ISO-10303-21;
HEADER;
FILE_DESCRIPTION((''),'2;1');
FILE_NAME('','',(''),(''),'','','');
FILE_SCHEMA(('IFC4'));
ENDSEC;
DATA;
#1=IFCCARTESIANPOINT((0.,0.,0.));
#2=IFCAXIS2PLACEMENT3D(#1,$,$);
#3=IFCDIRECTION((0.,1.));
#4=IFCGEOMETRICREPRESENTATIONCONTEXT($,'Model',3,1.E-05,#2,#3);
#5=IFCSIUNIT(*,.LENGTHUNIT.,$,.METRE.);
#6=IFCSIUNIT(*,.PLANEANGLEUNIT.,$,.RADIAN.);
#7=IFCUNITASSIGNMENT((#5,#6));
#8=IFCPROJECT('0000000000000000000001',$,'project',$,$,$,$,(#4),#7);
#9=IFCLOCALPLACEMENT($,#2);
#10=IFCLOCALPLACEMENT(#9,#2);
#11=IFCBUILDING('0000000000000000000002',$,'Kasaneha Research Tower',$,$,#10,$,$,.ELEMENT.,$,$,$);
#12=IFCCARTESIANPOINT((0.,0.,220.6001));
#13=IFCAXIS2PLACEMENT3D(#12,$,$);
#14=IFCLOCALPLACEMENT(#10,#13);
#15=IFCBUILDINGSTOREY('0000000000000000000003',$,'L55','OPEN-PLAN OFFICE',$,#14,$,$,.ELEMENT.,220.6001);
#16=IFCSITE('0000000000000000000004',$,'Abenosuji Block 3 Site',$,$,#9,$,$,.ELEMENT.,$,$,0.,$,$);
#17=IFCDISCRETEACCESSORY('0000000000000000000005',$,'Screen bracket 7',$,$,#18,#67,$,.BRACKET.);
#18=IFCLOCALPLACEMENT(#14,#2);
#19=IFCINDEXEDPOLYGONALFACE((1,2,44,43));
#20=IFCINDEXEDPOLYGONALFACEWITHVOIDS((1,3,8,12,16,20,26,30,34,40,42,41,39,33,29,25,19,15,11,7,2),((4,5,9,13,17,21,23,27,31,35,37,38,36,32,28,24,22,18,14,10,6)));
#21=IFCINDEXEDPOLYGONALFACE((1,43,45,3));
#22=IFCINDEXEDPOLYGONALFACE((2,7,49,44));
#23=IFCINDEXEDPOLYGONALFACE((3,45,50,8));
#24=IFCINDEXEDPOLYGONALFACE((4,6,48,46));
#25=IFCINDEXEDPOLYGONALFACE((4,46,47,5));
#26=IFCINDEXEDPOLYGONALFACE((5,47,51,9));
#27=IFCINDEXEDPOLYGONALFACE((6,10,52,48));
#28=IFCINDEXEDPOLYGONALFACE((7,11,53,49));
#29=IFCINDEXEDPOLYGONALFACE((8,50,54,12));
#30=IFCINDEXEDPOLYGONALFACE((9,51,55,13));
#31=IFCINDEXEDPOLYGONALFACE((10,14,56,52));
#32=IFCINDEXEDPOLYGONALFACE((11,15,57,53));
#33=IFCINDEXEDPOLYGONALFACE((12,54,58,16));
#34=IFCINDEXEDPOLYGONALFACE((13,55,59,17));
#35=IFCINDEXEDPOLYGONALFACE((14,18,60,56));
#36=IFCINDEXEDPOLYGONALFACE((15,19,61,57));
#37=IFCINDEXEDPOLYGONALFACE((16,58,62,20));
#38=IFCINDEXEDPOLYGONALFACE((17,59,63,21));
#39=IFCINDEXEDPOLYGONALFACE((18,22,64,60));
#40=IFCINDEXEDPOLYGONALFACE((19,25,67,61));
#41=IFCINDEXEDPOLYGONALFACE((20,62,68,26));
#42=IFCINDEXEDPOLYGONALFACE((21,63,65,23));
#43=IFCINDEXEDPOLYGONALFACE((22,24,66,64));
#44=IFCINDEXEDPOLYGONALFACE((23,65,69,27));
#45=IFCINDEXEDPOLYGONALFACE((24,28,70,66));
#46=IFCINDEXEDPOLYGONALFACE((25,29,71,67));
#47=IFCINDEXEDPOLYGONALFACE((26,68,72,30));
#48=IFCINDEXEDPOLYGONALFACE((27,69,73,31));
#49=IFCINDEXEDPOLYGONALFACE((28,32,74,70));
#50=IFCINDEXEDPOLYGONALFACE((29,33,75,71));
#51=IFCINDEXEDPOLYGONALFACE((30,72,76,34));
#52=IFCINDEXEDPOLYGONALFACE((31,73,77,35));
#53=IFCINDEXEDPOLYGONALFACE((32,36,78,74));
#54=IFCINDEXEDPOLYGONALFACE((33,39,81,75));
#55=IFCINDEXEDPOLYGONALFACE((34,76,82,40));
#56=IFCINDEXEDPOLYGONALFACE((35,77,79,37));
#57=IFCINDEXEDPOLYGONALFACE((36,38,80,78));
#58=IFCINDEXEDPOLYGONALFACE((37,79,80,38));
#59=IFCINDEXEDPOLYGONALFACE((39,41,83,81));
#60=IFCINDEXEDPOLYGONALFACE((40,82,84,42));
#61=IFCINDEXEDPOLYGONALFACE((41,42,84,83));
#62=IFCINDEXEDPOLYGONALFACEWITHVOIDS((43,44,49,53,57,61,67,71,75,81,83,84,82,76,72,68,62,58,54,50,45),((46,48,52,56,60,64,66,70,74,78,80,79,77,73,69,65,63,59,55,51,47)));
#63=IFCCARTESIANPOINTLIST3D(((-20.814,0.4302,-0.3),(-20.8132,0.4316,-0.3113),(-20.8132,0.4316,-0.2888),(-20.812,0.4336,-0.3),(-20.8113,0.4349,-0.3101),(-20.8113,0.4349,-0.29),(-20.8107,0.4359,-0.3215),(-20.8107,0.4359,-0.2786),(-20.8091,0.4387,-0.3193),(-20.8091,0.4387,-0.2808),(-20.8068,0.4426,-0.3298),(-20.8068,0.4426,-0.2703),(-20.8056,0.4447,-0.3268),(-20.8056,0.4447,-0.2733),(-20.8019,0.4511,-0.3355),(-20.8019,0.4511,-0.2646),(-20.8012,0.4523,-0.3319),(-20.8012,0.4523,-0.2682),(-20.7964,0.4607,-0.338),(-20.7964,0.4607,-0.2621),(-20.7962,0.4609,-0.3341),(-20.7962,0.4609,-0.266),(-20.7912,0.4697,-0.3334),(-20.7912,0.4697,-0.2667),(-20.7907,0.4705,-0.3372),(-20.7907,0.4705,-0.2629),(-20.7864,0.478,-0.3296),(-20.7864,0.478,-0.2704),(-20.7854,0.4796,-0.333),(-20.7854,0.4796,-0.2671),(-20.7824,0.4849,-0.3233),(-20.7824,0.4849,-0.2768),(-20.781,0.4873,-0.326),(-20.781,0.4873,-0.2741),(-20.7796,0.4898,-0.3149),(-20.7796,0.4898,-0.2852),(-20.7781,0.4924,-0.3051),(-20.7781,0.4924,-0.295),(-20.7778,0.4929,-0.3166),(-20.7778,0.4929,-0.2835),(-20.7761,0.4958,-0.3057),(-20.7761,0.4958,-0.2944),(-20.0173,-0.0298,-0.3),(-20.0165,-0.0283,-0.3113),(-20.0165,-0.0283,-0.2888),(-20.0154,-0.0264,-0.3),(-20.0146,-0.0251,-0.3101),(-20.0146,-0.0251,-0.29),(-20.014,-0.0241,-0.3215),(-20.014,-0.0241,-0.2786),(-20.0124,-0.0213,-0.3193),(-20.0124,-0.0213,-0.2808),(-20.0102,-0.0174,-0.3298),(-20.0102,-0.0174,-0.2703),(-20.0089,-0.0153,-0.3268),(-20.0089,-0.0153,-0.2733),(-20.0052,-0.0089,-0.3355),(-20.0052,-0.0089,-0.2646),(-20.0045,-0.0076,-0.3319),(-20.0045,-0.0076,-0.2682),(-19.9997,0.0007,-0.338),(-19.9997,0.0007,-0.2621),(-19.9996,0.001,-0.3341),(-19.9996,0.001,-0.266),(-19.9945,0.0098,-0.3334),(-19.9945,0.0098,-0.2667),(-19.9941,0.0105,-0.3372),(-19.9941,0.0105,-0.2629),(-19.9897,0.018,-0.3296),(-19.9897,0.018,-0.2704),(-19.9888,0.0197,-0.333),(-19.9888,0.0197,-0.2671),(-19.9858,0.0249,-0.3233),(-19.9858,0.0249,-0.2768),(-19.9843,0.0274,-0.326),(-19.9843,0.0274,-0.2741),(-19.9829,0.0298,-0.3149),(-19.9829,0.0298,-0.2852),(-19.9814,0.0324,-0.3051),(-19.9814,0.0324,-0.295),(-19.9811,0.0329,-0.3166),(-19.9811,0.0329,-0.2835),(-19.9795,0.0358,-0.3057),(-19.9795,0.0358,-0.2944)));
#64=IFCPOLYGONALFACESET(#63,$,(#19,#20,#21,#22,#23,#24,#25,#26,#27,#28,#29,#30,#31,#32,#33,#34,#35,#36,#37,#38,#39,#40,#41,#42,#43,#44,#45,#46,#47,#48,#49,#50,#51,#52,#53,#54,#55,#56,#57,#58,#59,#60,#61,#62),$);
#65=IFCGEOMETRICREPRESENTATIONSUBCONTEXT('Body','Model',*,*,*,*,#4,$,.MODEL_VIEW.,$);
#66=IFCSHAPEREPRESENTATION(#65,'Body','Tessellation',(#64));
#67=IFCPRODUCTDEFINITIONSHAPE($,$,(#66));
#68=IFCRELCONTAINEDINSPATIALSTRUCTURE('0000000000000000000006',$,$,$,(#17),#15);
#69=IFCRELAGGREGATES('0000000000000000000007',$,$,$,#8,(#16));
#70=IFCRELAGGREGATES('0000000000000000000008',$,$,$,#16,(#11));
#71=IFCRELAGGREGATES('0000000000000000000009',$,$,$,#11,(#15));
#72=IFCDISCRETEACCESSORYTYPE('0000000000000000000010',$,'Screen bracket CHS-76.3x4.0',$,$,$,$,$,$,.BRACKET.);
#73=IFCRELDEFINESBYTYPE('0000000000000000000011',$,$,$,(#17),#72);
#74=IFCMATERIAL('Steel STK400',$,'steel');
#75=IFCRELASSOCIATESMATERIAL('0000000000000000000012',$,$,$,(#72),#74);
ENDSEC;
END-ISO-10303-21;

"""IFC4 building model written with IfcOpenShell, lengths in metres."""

from ifc_helpers import new_model, si_unit, direction, frame, origin, origin_2d, place, context, subcontext, project, spatial, hollow_circle, extrude, material, material_profile, profile_set, type_object, element, save


model = new_model("IFC4")

# Units and contexts
model_context = context("Model", 3, precision=1e-05, world=origin(), true_north=direction((0.0, 1.0)))
body_context = subcontext(model_context, "Body", "Model", "MODEL_VIEW")
ifc_project = project(units=[si_unit("LENGTHUNIT", "METRE"), si_unit("PLANEANGLEUNIT", "RADIAN")], contexts=[model_context])

# Site, building, storey
site_placement = place(None, origin())
site = spatial("IfcSite", under=ifc_project, at=site_placement, Name="Abenosuji Block 3 Site", CompositionType="ELEMENT", RefElevation=0.0)
building_placement = place(site_placement, origin())
building = spatial("IfcBuilding", under=site, at=building_placement, Name="Kasaneha Research Tower", CompositionType="ELEMENT")
storey_placement = place(building_placement, frame((0.0, 0.0, 220.6001)))
storey = spatial("IfcBuildingStorey", under=building, at=storey_placement, Name="L55", Description="OPEN-PLAN OFFICE", CompositionType="ELEMENT", Elevation=220.6001)

# Discrete accessory
ifc_material_1 = material(Name="Steel STK400", Category="steel")
ifc_material_profile_1 = material_profile(ifc_material_1, hollow_circle(Radius=0.0381, WallThickness=0.0039, at=origin_2d()), Name="CHS-76.3x4.0")
ifc_profile_set_1 = profile_set([ifc_material_profile_1], Name="Steel STK400")
discrete_accessory_type = type_object("IfcDiscreteAccessoryType", Name="Screen bracket CHS-76.3x4.0", PredefinedType="BRACKET", material=ifc_profile_set_1)
discrete_accessory_1_placement = place(storey_placement, frame((-19.9983, 0.0032, -0.3), z_axis=(-0.866013, 0.500021, 0.0), x_axis=(-0.500021, -0.866013, 0.0)))
element("IfcDiscreteAccessory", 1, at=discrete_accessory_1_placement, inside=storey, type_object=discrete_accessory_type, Name="Screen bracket 7", PredefinedType="BRACKET", context=body_context, shape_type="SweptSolid", body=[
    extrude(hollow_circle(Radius=0.0381, WallThickness=0.0039, at=origin_2d()), origin(), (0.0, 0.0, 1.0), 0.9199),
])

save(model, "model.ifc")
